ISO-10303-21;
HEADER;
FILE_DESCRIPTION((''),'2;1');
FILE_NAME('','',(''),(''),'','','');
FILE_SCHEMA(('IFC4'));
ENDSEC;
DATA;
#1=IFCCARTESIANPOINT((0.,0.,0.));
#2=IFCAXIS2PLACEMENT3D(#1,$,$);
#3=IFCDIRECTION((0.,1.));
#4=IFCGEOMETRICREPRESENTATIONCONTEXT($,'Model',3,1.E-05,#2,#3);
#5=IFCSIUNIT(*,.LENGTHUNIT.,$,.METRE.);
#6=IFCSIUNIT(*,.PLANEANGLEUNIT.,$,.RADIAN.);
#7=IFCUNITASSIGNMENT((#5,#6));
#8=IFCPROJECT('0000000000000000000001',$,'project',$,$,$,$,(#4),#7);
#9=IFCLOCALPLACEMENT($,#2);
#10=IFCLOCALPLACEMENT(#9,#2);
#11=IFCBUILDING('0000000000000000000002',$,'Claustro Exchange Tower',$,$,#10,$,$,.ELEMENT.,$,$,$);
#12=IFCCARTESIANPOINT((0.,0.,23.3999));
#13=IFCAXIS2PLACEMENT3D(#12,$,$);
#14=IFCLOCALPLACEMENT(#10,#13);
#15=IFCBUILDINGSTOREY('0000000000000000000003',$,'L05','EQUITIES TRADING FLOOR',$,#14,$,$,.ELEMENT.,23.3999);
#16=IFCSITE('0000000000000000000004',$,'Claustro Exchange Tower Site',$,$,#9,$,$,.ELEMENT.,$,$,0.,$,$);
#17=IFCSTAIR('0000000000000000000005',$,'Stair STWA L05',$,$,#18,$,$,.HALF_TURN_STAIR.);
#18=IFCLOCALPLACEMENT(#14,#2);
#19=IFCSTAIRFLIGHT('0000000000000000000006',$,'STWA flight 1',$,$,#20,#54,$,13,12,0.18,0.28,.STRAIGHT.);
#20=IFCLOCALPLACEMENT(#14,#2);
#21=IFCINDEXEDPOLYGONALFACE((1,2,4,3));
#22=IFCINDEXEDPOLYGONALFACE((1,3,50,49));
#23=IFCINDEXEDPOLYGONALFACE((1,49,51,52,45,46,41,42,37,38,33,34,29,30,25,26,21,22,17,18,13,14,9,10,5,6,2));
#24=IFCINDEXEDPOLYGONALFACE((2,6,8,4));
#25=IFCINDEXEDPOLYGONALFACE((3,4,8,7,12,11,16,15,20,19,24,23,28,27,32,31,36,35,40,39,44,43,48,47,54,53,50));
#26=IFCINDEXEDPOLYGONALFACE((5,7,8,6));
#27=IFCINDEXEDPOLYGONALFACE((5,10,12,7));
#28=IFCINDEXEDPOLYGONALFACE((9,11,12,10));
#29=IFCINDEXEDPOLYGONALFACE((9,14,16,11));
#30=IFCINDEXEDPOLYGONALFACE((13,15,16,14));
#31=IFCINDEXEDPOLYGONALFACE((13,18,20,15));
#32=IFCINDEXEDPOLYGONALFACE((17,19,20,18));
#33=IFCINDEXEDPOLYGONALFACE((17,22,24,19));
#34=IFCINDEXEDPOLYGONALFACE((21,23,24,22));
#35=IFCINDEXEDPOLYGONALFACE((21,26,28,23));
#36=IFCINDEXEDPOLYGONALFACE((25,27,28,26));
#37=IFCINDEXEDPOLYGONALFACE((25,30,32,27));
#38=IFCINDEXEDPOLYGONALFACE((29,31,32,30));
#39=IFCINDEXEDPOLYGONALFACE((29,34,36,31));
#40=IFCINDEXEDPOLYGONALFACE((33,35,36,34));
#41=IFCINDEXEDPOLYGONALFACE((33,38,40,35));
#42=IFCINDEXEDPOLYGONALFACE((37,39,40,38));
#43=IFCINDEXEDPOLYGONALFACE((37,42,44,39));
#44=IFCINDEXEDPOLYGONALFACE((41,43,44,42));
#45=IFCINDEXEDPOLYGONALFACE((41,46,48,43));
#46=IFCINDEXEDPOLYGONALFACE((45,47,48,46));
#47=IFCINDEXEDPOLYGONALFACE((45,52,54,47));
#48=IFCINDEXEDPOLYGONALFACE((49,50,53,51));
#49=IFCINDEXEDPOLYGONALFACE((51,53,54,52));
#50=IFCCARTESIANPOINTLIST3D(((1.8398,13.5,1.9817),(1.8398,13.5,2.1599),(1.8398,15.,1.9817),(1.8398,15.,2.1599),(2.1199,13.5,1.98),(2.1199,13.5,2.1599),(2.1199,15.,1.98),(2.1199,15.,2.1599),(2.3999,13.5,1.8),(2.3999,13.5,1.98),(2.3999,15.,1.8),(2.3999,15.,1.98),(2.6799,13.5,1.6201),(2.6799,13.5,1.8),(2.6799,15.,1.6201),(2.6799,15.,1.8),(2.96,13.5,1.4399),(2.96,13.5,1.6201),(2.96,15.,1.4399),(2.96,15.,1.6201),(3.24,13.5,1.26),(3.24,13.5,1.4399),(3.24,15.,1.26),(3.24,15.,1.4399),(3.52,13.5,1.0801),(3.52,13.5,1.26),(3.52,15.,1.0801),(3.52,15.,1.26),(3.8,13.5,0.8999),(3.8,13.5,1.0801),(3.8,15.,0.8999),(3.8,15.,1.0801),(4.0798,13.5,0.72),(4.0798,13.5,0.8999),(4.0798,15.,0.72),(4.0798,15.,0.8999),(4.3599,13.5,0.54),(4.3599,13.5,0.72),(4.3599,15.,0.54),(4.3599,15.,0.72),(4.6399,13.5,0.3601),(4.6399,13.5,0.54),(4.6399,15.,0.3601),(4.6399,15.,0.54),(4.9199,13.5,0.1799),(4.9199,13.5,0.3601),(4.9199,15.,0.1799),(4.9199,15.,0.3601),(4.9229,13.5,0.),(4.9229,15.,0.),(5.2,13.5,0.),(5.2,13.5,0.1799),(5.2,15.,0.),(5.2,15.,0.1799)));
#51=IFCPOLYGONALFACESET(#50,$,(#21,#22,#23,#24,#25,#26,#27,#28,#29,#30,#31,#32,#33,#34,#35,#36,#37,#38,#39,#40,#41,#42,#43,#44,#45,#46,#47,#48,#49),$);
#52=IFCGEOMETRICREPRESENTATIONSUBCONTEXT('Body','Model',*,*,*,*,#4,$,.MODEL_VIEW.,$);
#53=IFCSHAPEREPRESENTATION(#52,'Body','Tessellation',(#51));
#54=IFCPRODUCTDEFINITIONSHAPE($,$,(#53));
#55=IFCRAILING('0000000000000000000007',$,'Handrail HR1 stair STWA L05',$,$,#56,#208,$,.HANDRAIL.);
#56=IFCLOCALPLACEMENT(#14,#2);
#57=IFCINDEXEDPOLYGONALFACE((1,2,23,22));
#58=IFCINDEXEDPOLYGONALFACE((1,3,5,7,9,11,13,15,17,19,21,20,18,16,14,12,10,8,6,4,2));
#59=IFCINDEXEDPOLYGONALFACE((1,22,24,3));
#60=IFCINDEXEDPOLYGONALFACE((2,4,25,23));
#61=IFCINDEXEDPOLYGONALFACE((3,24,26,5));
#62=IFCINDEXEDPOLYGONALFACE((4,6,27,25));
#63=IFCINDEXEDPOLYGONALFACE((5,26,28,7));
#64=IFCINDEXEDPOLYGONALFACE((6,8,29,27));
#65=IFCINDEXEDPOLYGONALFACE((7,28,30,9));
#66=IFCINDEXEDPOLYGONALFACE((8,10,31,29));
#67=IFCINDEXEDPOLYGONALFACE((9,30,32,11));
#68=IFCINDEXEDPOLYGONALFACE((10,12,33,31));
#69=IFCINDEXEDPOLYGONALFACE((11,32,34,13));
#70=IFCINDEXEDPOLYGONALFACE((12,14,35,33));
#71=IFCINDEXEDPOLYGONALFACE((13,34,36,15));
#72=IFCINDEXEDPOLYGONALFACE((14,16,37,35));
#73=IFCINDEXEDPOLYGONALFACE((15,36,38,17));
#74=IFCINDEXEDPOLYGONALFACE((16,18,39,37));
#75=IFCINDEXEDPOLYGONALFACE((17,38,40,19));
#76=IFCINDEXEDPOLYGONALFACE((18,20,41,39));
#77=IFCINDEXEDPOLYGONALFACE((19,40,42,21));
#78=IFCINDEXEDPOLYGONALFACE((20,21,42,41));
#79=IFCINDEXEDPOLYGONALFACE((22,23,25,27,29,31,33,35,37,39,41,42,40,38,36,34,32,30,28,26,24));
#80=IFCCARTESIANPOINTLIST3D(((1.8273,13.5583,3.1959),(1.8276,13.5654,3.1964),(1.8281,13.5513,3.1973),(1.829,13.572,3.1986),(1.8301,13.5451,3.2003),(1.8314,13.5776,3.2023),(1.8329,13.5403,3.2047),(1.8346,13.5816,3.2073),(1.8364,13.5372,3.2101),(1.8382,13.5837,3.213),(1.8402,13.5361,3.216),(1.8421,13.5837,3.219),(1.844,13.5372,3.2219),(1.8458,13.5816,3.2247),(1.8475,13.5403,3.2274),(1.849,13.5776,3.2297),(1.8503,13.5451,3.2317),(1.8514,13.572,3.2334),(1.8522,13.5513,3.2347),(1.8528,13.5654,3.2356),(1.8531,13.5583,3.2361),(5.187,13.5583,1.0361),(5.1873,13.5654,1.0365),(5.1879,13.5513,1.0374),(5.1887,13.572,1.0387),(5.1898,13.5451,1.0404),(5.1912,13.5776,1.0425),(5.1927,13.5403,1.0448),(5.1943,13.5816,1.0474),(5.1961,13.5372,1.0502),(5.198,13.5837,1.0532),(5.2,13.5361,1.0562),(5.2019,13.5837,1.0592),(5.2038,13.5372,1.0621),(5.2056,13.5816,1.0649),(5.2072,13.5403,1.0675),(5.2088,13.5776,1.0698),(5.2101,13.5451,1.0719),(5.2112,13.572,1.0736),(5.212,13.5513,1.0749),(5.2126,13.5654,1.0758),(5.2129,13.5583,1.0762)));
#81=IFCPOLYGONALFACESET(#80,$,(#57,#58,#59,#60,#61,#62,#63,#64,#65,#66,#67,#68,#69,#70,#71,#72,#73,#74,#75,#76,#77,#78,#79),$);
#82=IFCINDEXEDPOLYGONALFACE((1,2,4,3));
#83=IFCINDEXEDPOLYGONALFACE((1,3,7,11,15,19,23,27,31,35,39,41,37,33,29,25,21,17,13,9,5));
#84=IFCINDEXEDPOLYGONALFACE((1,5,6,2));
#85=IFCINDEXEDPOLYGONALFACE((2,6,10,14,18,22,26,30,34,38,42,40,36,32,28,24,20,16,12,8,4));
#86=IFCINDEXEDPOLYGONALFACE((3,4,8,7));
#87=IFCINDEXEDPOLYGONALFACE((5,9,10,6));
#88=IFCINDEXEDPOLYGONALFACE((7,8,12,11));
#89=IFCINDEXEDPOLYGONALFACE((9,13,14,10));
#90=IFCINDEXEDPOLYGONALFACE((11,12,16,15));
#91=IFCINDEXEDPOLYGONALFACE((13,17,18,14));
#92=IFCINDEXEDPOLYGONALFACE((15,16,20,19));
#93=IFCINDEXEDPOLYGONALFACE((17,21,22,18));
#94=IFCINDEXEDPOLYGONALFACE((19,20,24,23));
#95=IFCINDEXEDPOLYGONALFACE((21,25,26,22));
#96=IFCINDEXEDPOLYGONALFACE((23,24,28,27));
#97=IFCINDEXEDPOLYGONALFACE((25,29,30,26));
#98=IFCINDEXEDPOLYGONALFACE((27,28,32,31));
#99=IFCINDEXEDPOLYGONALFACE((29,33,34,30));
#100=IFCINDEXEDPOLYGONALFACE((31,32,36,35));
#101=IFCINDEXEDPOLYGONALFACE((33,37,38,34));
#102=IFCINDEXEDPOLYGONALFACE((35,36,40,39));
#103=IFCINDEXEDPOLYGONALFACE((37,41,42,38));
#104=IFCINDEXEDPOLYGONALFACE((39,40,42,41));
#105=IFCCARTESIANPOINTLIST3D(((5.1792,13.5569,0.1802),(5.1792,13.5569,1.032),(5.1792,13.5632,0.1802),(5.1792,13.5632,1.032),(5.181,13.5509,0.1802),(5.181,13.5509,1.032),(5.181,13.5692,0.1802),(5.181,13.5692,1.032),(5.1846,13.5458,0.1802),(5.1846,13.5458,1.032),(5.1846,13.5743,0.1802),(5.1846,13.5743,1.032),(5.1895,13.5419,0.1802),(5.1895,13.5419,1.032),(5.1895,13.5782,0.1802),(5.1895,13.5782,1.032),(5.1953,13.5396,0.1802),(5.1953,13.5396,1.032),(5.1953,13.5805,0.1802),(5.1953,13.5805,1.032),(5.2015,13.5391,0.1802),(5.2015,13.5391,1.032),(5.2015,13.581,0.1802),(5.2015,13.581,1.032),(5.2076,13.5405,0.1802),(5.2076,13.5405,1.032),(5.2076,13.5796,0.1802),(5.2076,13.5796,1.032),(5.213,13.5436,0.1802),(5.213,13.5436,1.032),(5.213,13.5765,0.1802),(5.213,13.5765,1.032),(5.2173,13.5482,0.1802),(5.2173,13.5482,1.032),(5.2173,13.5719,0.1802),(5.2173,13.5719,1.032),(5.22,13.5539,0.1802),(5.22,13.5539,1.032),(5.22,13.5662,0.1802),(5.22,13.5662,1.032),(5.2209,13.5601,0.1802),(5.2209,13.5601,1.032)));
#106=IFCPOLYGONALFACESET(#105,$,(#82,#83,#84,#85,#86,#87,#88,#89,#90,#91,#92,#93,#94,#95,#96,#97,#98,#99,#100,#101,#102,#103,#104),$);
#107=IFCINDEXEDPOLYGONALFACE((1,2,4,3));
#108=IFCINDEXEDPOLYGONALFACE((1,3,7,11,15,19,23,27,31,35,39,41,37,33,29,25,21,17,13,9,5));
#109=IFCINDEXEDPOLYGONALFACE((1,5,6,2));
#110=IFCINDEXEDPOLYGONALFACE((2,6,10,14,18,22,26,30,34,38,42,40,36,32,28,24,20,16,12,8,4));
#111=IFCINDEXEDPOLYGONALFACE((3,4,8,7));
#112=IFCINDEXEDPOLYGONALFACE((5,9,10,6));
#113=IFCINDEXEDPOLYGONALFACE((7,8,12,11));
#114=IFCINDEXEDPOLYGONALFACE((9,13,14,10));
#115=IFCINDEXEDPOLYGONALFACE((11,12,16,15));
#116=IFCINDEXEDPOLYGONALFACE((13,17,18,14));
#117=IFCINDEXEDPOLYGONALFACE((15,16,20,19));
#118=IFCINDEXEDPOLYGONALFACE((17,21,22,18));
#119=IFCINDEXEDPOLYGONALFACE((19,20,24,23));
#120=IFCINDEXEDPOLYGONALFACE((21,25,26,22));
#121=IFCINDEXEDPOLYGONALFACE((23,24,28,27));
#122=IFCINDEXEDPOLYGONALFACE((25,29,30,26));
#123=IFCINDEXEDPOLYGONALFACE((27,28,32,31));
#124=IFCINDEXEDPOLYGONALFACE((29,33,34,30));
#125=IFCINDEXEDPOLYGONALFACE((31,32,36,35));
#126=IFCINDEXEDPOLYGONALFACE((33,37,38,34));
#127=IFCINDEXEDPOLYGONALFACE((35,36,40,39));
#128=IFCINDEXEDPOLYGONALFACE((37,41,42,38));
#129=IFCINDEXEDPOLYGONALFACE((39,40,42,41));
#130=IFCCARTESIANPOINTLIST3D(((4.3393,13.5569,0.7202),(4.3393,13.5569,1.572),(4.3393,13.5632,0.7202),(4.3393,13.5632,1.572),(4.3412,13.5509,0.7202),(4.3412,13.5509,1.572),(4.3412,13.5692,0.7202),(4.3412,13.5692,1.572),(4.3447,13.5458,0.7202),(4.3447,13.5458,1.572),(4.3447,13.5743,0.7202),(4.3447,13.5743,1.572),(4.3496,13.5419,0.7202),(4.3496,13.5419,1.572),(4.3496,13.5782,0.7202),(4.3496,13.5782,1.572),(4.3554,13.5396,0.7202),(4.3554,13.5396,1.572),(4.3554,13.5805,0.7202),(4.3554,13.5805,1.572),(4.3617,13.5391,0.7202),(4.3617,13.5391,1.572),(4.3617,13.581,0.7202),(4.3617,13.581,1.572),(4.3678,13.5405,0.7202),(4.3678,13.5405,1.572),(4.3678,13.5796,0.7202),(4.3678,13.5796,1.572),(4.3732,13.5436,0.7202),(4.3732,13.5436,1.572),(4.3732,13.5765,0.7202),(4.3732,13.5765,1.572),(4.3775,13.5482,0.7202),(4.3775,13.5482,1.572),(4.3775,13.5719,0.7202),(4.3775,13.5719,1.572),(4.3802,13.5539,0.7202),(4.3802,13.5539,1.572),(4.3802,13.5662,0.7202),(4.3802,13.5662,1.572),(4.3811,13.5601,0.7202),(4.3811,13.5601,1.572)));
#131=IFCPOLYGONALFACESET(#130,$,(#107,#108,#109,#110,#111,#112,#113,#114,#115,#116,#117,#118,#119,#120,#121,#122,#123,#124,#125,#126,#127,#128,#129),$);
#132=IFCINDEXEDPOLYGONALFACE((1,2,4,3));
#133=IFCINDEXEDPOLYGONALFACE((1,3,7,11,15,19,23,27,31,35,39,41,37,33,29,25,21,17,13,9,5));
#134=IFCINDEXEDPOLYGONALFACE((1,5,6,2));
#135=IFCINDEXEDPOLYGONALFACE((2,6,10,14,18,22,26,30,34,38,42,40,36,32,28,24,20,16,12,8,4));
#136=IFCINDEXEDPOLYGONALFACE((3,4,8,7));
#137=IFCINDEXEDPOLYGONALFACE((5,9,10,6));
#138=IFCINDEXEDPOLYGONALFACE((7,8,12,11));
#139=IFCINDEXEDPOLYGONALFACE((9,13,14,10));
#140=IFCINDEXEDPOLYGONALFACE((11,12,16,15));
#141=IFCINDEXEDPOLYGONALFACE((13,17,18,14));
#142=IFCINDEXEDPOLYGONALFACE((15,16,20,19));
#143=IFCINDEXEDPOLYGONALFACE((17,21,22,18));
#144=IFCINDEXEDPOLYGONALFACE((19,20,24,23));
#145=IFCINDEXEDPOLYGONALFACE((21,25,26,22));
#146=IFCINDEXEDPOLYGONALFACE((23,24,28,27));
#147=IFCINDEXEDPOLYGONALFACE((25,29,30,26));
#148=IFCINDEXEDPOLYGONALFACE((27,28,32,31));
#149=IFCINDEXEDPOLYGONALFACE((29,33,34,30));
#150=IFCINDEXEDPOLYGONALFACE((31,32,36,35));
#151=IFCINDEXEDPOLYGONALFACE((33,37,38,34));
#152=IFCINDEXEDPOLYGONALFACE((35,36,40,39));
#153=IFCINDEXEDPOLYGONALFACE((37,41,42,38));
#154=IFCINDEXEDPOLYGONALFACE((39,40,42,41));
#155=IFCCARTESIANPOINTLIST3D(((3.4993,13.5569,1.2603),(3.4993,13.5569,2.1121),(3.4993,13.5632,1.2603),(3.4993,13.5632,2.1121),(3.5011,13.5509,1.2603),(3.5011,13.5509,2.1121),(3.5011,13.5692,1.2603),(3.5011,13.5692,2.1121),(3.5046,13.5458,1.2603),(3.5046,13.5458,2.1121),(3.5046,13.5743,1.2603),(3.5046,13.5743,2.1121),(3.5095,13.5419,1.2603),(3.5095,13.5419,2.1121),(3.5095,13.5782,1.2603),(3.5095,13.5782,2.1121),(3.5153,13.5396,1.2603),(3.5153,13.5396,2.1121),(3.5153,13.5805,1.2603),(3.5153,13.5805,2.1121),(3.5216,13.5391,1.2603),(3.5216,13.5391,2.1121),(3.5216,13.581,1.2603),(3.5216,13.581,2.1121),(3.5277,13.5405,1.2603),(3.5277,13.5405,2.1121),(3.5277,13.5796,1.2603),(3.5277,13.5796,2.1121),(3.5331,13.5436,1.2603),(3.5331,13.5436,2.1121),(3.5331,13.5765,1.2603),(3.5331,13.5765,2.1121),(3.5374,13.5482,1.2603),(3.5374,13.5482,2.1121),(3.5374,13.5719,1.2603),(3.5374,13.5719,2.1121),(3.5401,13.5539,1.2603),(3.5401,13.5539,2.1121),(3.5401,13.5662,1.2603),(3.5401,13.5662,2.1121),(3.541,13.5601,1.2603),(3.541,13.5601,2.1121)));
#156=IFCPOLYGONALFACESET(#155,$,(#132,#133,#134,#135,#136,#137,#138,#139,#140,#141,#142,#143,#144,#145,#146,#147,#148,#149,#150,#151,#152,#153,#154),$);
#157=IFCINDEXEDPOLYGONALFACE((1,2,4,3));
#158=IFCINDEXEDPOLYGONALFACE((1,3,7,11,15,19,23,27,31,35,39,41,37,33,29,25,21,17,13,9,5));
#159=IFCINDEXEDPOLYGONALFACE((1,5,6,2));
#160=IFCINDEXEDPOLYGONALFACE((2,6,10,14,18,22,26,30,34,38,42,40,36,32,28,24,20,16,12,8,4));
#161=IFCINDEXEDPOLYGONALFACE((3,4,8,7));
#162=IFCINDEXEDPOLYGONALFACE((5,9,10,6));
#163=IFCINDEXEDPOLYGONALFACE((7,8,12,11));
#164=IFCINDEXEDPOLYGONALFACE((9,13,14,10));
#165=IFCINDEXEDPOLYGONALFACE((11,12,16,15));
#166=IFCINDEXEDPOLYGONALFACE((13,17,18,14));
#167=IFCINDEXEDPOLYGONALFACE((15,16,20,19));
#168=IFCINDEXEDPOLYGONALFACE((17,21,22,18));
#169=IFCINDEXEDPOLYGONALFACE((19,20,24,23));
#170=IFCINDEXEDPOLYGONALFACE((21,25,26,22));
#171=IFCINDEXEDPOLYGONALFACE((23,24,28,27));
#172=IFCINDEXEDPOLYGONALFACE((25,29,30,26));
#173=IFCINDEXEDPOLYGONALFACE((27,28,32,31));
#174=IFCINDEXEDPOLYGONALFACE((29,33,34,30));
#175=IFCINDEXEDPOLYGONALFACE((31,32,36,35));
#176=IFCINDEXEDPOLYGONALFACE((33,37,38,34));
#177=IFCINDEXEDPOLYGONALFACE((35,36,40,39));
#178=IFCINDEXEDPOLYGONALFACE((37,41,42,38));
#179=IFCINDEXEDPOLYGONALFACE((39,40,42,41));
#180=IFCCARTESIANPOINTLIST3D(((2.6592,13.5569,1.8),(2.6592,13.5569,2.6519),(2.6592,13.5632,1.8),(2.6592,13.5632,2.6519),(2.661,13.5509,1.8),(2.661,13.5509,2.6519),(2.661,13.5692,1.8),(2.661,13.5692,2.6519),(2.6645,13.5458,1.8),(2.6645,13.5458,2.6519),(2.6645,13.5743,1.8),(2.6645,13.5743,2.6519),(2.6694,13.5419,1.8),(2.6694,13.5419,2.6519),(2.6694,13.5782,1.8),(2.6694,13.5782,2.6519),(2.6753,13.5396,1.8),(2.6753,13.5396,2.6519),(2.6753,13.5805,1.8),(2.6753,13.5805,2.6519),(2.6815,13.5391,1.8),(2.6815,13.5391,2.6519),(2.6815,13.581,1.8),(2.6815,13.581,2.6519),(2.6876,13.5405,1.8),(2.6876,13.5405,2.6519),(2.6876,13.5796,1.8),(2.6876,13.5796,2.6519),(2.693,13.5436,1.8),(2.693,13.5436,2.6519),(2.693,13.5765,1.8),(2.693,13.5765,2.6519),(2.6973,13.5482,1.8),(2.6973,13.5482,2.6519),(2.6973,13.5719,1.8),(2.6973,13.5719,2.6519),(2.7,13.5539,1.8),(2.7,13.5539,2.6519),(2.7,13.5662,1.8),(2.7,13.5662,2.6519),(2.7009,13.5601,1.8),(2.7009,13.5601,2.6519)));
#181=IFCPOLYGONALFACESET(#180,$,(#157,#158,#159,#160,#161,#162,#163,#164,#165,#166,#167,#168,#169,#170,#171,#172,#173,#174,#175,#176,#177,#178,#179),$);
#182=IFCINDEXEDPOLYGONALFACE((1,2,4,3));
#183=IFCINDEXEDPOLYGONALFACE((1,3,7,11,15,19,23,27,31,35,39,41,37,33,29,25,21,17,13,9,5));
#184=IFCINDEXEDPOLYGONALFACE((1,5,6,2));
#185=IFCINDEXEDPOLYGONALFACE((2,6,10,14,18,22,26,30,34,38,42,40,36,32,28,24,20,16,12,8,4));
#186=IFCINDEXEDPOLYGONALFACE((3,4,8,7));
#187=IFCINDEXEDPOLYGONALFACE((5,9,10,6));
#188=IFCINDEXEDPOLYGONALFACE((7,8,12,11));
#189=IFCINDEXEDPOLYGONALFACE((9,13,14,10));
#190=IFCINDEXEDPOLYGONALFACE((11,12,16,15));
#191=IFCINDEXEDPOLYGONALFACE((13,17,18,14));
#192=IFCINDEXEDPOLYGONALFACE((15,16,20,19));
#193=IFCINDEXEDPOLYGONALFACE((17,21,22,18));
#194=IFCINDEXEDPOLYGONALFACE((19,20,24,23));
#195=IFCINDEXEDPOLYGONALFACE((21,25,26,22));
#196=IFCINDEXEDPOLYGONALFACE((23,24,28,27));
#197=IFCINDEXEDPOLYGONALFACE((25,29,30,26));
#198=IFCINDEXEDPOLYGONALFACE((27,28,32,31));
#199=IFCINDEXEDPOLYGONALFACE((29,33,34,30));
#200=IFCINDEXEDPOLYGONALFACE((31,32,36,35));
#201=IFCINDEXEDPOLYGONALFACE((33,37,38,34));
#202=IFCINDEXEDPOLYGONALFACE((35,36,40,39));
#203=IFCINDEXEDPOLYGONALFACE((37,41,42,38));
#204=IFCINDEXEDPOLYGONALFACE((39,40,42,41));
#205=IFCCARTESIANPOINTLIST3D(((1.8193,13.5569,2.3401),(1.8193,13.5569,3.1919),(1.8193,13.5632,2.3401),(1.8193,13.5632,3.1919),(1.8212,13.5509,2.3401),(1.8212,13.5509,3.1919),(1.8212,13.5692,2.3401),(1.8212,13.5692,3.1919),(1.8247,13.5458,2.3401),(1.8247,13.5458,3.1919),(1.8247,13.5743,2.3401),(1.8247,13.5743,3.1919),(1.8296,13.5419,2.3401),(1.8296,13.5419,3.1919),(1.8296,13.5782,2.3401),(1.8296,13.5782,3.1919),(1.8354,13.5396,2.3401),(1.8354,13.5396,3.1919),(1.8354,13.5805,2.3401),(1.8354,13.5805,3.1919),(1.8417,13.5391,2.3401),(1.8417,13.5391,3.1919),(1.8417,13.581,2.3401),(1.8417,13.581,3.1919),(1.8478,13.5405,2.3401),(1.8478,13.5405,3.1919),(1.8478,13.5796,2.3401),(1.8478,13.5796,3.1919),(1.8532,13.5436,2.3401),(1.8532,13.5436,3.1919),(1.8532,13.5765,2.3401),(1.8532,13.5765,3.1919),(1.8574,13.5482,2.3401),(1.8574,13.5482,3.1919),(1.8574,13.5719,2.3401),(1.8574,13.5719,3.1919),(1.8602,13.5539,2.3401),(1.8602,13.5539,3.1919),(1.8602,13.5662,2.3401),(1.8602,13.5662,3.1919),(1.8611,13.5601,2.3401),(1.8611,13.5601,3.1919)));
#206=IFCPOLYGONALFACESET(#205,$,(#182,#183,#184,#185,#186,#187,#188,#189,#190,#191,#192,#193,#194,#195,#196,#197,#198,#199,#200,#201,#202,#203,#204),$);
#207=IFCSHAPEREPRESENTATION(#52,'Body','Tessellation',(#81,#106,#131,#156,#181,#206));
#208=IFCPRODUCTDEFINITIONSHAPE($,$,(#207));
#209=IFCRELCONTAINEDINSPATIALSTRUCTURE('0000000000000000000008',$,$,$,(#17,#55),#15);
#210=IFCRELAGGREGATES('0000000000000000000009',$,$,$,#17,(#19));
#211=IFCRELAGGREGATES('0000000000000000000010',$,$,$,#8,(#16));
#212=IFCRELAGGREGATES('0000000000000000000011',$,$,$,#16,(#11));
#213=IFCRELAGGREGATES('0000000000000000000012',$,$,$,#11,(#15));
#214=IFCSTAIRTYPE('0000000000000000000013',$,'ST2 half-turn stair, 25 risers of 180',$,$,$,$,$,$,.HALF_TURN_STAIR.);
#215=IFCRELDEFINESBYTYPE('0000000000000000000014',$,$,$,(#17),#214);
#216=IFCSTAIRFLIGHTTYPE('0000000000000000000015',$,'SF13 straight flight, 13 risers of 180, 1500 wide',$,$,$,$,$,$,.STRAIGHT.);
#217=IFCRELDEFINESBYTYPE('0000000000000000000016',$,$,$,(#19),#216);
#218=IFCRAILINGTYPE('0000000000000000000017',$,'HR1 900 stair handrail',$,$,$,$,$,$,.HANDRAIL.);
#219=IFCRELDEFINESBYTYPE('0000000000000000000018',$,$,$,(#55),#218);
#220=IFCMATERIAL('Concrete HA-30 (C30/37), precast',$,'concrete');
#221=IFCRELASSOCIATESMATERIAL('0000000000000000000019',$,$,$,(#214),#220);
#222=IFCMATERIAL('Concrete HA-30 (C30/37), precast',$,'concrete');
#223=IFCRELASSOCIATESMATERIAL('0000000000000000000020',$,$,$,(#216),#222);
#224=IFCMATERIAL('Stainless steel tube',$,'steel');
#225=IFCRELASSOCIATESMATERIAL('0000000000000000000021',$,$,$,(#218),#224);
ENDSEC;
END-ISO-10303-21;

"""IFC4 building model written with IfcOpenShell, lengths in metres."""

from ifc_helpers import new_model, si_unit, direction, frame, origin, origin_2d, place, context, subcontext, project, spatial, polyline, circle, outline, extrude, material, type_object, element, aggregate, save


model = new_model("IFC4")

# Units and contexts
model_context = context("Model", 3, precision=1e-05, world=origin(), true_north=direction((0.0, 1.0)))
body_context = subcontext(model_context, "Body", "Model", "MODEL_VIEW")
ifc_project = project(units=[si_unit("LENGTHUNIT", "METRE"), si_unit("PLANEANGLEUNIT", "RADIAN")], contexts=[model_context])

# Site, building, storey
site_placement = place(None, origin())
site = spatial("IfcSite", under=ifc_project, at=site_placement, Name="Claustro Exchange Tower Site", CompositionType="ELEMENT", RefElevation=0.0)
building_placement = place(site_placement, origin())
building = spatial("IfcBuilding", under=site, at=building_placement, Name="Claustro Exchange Tower", CompositionType="ELEMENT")
storey_placement = place(building_placement, frame((0.0, 0.0, 23.3999)))
storey = spatial("IfcBuildingStorey", under=building, at=storey_placement, Name="L05", Description="EQUITIES TRADING FLOOR", CompositionType="ELEMENT", Elevation=23.3999)

# Stair, stair flight
ifc_material_1 = material(Name="Concrete HA-30 (C30/37), precast", Category="concrete")
stair_type = type_object("IfcStairType", Name="ST2 half-turn stair, 25 risers of 180", PredefinedType="HALF_TURN_STAIR", material=ifc_material_1)
stair_placement = place(storey_placement, origin())
stair = element("IfcStair", 1, at=stair_placement, inside=storey, type_object=stair_type, Name="Stair STWA L05", PredefinedType="HALF_TURN_STAIR")
ifc_material_2 = material(Name="Concrete HA-30 (C30/37), precast", Category="concrete")
stair_flight_type = type_object("IfcStairFlightType", Name="SF13 straight flight, 13 risers of 180, 1500 wide", PredefinedType="STRAIGHT", material=ifc_material_2)
stair_flight_placement = place(storey_placement, frame((5.2, 14.25, 0.0), z_axis=(0.0, 0.0, 1.0), x_axis=(-1.0, 0.0, 0.0)))
stair_flight = element("IfcStairFlight", 2, at=stair_flight_placement, type_object=stair_flight_type, Name="STWA flight 1", NumberOfRisers=13, NumberOfTreads=12, PredefinedType="STRAIGHT", RiserHeight=0.18, TreadLength=0.28, context=body_context, shape_type="SweptSolid", body=[
    extrude(outline(polyline([(0.0, 0.0), (0.0, 0.1799), (0.28, 0.1799), (0.28, 0.3601), (0.5601, 0.3601), (0.5601, 0.54), (0.8401, 0.54), (0.8401, 0.72), (1.1201, 0.72), (1.1201, 0.8999), (1.3999, 0.8999), (1.3999, 1.0801), (1.6799, 1.0801), (1.6799, 1.26), (1.96, 1.26), (1.96, 1.4399), (2.24, 1.4399), (2.24, 1.6201), (2.52, 1.6201), (2.52, 1.8), (2.8, 1.8), (2.8, 1.98), (3.0801, 1.98), (3.0801, 2.1599), (3.3601, 2.1599), (3.3601, 2.3401), (3.3601, 1.9817), (0.2771, 0.0), (0.0, 0.0)])), frame((0.0, 0.75, 0.0), z_axis=(0.0, -1.0, 0.0), x_axis=(1.0, 0.0, 0.0)), (0.0, 0.0, 1.0), 1.5),
])
aggregate(stair, [stair_flight])

# Railing
ifc_material_3 = material(Name="Stainless steel tube", Category="steel")
railing_type_1 = type_object("IfcRailingType", Name="HR1 900 stair handrail", PredefinedType="HANDRAIL", material=ifc_material_3)
railing_1_placement = place(storey_placement, frame((5.2, 13.5601, 0.1802)))
element("IfcRailing", 3, at=railing_1_placement, inside=storey, type_object=railing_type_1, Name="Handrail HR1 stair STWA L05", PredefinedType="HANDRAIL", context=body_context, shape_type="SweptSolid", body=[
    extrude(circle(Radius=0.0239, at=origin_2d()), frame((0.0, 0.0, 0.876), z_axis=(-0.841178, 0.0, 0.540758), x_axis=(0.0, -1.0, 0.0)), (0.0, 0.0, 1.0), 3.9941),
    extrude(circle(Radius=0.021, at=origin_2d()), origin(), (0.0, 0.0, 1.0), 0.8518),
    extrude(circle(Radius=0.021, at=origin_2d()), frame((-0.8398, 0.0, 0.54)), (0.0, 0.0, 1.0), 0.8518),
    extrude(circle(Radius=0.021, at=origin_2d()), frame((-1.6799, 0.0, 1.0801)), (0.0, 0.0, 1.0), 0.8518),
    extrude(circle(Radius=0.021, at=origin_2d()), frame((-2.52, 0.0, 1.6199)), (0.0, 0.0, 1.0), 0.8518),
    extrude(circle(Radius=0.021, at=origin_2d()), frame((-3.3599, 0.0, 2.1599)), (0.0, 0.0, 1.0), 0.8518),
])

save(model, "model.ifc")
